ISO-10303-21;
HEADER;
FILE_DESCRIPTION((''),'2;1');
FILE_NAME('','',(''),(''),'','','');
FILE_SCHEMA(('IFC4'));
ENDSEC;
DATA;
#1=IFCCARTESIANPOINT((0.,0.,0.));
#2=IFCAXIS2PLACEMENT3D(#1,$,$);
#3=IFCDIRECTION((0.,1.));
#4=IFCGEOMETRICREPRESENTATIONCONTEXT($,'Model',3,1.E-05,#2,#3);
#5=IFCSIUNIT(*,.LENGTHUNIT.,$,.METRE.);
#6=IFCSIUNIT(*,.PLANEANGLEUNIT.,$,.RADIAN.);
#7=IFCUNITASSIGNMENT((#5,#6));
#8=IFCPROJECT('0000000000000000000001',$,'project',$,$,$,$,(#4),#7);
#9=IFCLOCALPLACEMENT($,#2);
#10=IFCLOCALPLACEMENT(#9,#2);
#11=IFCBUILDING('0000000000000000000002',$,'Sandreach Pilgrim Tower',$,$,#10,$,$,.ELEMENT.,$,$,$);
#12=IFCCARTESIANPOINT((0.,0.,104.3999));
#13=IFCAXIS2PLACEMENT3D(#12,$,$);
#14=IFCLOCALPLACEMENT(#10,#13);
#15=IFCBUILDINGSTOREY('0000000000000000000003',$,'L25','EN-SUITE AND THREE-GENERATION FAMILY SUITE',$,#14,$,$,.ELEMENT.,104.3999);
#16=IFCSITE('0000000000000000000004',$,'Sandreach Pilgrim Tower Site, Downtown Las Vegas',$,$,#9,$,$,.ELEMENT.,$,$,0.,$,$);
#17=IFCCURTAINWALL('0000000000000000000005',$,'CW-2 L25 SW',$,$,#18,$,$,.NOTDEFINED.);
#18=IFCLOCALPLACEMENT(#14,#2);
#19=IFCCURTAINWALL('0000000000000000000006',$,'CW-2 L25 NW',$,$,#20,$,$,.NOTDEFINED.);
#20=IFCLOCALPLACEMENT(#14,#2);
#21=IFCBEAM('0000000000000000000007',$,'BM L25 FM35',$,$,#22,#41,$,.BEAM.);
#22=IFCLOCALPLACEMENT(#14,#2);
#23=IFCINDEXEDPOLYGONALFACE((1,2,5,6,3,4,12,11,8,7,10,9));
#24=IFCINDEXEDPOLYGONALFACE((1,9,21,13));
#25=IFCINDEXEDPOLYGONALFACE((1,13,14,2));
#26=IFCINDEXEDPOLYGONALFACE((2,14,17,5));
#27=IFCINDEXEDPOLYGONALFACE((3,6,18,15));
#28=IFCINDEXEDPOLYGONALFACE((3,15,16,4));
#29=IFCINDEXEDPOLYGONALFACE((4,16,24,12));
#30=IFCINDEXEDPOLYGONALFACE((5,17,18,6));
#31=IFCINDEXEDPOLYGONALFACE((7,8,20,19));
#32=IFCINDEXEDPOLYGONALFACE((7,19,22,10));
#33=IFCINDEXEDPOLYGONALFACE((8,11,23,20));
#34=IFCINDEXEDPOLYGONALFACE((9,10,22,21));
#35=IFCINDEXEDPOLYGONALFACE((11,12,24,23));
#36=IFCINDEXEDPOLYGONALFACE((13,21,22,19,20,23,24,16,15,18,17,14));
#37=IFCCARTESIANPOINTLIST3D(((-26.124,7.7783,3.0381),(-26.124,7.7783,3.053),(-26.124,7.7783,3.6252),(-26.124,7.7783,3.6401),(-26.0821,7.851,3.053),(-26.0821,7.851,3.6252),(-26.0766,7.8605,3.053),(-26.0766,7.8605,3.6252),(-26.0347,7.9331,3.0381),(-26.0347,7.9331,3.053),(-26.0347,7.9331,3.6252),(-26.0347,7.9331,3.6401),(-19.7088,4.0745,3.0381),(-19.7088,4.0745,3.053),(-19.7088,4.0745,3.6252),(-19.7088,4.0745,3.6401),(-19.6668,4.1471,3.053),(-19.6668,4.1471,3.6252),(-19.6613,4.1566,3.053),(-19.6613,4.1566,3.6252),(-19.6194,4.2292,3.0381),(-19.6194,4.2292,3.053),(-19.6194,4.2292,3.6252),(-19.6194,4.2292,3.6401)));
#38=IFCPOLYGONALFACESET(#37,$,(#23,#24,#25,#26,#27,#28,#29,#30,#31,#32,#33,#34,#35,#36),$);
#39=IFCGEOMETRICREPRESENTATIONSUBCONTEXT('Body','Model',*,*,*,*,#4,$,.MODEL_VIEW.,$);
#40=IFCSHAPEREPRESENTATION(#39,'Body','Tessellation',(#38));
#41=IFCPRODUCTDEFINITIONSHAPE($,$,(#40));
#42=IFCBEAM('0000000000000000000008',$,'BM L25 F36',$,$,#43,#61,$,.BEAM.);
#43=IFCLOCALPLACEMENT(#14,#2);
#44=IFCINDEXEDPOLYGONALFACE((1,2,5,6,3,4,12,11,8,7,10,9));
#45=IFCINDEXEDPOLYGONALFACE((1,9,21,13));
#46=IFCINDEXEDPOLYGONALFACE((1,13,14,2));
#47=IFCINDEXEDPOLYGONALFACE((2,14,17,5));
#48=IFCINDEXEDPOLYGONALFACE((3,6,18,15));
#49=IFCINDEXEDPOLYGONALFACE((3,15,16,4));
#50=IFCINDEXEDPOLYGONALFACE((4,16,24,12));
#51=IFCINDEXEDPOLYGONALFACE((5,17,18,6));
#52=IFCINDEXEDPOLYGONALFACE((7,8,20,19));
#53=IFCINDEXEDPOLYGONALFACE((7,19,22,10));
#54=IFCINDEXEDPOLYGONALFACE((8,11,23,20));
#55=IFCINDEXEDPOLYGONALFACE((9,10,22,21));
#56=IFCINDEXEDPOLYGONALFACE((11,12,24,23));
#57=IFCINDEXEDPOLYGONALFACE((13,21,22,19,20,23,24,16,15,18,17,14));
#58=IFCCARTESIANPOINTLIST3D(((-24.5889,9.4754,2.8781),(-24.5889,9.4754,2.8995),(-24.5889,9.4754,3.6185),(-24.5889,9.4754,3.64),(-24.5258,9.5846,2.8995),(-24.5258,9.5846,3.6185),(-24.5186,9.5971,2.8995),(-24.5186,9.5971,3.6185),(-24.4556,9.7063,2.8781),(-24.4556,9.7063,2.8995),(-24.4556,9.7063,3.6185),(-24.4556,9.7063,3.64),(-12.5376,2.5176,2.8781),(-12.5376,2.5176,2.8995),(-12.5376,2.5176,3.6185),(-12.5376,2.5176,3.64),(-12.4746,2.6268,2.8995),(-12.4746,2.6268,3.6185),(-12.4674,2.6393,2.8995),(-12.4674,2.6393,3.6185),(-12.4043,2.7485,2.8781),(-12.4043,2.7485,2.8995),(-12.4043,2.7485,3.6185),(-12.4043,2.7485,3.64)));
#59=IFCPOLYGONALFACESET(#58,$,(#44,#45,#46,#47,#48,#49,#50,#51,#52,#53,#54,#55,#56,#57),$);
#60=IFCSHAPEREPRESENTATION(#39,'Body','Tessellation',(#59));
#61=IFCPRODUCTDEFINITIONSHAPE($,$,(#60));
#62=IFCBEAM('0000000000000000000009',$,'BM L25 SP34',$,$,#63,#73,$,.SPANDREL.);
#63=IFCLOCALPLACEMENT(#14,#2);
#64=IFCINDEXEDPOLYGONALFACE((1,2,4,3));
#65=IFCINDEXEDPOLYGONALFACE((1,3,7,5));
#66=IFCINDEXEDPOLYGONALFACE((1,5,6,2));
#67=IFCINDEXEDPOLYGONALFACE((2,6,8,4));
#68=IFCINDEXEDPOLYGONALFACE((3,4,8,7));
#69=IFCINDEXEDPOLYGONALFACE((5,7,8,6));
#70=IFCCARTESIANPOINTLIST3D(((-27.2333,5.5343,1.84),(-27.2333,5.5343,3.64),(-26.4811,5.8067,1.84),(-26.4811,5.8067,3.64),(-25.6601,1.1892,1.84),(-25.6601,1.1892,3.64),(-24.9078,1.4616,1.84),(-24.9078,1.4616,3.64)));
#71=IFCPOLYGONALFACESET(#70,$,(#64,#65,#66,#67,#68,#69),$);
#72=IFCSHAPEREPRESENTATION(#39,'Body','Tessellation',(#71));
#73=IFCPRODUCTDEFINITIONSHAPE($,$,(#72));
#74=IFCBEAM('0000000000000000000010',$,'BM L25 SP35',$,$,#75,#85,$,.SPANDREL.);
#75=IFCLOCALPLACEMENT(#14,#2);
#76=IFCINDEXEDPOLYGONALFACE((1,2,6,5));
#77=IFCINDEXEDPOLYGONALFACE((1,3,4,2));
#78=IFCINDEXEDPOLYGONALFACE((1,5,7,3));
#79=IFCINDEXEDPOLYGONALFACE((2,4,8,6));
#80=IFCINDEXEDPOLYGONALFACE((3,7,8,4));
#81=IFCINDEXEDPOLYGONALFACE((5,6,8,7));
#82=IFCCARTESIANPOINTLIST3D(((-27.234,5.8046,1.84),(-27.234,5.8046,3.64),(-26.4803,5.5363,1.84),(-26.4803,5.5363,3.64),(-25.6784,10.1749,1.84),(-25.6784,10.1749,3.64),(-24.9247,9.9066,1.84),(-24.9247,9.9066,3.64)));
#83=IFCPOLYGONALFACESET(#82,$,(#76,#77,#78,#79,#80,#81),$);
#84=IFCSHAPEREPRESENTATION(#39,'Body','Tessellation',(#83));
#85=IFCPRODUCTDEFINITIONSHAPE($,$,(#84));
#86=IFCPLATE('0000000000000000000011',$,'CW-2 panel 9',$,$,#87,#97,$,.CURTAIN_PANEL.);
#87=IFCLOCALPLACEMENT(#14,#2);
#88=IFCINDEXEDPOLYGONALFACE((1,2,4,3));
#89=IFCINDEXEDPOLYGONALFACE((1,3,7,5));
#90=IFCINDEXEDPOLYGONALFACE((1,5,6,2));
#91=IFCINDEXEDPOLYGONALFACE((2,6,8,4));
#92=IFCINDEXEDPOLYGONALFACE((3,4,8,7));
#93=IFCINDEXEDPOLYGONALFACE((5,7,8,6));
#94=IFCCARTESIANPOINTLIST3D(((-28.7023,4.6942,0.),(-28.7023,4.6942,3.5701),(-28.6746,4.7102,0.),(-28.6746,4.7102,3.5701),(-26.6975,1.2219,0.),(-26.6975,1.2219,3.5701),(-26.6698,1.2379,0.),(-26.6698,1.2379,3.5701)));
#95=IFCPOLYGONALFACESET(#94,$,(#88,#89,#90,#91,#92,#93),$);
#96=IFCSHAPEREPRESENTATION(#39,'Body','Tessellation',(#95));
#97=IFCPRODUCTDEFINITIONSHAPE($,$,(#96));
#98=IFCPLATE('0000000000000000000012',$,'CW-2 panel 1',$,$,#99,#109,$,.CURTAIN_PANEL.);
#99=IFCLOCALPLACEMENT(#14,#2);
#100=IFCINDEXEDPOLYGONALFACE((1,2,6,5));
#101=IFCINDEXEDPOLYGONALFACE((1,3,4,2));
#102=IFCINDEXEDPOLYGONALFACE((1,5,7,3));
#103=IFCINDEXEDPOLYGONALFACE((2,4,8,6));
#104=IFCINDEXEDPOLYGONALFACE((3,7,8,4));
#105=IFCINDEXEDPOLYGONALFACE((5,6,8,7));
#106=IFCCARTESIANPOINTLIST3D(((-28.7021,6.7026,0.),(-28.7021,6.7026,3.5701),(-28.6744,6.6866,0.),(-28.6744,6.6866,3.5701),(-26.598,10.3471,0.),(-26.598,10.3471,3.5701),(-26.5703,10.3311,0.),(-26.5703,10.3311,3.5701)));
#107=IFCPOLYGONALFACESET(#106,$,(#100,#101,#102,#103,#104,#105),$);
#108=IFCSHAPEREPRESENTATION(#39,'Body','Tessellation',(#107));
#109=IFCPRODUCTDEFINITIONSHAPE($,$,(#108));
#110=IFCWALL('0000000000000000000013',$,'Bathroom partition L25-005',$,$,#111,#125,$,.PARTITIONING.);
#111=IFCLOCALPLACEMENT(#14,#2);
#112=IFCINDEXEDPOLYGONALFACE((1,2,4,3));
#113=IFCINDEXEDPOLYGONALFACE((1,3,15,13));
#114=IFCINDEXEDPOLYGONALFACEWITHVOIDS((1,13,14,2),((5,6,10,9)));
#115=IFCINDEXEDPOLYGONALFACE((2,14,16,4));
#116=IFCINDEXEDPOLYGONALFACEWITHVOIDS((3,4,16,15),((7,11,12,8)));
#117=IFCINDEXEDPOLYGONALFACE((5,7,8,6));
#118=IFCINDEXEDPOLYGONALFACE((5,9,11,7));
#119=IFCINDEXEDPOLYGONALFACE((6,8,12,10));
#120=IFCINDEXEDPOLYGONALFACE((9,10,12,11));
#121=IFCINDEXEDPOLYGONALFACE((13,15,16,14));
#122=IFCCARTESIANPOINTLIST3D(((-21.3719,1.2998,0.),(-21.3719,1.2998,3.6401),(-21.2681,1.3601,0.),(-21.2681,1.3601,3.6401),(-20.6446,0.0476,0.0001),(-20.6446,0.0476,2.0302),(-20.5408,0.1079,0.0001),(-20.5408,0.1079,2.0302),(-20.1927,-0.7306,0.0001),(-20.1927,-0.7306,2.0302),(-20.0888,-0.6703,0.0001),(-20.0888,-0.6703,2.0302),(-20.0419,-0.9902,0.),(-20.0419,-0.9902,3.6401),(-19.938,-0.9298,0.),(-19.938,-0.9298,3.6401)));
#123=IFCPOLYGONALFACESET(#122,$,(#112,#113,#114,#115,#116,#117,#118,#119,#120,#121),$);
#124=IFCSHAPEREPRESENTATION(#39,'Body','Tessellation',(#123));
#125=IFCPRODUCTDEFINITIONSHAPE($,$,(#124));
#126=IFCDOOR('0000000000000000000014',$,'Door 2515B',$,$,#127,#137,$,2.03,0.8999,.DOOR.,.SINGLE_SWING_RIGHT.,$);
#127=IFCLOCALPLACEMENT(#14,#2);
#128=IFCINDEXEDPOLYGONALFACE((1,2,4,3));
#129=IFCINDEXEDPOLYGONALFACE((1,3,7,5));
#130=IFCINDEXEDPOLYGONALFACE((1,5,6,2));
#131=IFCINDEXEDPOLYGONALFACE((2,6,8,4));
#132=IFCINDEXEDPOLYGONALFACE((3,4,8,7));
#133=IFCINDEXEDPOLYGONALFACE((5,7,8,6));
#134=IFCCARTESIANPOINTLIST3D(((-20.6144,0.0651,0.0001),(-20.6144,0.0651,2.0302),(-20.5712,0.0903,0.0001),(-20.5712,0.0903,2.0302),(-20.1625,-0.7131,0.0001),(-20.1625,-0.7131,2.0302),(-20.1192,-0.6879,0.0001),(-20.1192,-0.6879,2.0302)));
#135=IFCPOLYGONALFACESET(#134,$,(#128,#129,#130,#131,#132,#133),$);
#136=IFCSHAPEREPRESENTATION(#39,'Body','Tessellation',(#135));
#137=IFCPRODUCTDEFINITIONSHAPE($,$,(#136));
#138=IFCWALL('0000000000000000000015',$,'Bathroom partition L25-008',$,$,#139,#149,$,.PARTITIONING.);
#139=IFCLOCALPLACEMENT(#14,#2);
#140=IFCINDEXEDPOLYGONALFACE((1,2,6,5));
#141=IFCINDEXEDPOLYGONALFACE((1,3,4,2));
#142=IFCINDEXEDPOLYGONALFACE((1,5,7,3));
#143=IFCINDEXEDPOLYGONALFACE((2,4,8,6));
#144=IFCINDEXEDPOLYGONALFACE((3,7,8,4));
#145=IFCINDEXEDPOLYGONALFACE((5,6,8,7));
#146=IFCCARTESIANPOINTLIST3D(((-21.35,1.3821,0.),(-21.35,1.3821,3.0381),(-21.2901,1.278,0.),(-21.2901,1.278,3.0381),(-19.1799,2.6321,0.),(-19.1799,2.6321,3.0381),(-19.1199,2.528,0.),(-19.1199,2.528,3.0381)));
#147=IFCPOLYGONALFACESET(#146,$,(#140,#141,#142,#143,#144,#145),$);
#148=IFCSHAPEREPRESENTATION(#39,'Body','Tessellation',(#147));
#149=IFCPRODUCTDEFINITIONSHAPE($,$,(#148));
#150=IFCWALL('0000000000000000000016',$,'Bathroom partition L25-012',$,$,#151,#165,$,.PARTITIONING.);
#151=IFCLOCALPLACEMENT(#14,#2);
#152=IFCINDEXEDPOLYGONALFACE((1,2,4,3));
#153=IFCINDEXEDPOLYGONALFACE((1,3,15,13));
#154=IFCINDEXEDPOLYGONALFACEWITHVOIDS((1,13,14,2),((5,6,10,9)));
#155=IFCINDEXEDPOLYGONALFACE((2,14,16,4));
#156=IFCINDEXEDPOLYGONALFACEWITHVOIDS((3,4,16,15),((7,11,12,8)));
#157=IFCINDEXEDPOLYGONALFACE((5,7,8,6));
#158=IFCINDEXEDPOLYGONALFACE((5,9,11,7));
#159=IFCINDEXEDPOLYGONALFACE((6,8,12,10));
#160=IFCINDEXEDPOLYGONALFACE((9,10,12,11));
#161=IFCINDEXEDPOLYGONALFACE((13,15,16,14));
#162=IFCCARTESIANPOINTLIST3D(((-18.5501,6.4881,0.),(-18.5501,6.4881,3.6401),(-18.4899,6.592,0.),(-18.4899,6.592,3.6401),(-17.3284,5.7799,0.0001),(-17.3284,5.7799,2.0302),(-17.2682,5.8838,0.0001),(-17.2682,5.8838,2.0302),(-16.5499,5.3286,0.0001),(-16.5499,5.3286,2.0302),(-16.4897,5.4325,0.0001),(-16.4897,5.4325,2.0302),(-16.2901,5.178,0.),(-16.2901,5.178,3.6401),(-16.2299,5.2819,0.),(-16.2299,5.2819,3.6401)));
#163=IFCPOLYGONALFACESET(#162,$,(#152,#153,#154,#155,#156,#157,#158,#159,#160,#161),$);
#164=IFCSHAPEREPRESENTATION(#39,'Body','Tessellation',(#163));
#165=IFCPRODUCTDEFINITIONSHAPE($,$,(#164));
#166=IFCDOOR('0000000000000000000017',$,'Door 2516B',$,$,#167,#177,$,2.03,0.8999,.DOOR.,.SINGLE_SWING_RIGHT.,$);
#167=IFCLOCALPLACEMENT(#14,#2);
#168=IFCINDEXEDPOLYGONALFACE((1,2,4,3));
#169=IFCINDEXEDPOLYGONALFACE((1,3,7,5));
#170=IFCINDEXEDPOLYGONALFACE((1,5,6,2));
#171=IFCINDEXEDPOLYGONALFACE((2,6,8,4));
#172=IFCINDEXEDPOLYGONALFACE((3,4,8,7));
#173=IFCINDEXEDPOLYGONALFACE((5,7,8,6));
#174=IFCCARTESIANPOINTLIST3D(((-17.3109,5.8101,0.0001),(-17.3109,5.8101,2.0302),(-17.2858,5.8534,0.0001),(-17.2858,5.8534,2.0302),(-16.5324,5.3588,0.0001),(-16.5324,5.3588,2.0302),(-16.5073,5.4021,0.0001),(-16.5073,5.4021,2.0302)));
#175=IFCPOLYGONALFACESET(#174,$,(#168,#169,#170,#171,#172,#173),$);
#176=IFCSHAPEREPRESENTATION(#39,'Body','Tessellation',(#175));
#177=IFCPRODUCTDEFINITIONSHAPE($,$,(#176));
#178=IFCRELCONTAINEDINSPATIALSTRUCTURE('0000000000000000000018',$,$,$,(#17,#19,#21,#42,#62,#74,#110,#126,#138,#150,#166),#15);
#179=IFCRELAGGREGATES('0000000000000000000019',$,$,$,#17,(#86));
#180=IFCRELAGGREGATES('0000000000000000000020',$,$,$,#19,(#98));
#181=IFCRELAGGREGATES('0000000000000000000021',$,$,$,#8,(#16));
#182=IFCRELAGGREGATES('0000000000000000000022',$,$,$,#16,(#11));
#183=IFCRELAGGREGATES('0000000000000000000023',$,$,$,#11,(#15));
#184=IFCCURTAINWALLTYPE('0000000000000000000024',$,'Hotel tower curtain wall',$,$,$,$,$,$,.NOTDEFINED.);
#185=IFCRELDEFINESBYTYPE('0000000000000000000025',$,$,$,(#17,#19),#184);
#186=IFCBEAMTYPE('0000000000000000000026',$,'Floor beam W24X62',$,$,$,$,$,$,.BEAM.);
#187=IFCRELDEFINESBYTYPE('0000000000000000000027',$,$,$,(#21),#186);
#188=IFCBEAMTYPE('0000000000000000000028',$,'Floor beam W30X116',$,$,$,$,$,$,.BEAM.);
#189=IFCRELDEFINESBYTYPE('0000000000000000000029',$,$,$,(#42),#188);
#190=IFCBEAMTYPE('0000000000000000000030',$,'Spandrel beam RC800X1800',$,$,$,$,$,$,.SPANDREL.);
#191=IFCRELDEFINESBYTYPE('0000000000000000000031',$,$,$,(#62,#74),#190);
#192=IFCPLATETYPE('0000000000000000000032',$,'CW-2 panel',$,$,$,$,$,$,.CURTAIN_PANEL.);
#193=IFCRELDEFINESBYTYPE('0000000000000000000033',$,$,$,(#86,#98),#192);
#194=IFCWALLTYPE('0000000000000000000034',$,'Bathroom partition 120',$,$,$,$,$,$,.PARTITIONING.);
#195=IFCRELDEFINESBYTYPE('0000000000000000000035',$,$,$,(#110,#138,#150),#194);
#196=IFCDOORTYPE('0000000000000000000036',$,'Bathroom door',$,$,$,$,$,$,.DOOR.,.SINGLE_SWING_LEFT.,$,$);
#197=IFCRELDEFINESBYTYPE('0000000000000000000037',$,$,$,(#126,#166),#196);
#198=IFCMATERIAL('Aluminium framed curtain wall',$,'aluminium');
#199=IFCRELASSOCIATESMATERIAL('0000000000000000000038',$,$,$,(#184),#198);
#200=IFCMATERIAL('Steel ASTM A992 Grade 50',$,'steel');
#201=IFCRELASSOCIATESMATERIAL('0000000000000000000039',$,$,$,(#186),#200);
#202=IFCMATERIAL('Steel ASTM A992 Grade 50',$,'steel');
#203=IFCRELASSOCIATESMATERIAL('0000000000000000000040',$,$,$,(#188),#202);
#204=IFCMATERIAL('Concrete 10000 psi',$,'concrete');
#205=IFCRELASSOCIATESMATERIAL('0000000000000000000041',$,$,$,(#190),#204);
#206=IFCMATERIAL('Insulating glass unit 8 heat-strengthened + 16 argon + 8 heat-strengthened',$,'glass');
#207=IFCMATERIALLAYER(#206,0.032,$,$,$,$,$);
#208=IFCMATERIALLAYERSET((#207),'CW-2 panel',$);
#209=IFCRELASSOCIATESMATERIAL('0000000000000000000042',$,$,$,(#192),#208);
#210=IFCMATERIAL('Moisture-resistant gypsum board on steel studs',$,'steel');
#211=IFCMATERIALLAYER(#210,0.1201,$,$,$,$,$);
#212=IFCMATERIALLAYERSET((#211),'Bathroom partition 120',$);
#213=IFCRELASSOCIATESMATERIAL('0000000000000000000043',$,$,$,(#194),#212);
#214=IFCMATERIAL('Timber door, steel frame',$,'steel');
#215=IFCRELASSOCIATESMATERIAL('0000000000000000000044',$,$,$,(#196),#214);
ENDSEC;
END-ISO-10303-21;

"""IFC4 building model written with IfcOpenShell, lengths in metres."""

from ifc_helpers import new_model, si_unit, direction, frame, frame_2d, origin, origin_2d, place, context, subcontext, project, spatial, rectangle, i_section, extrude, material, layer, layer_set, material_profile, profile_set, type_object, element, fill, aggregate, save


model = new_model("IFC4")

# Units and contexts
model_context = context("Model", 3, precision=1e-05, world=origin(), true_north=direction((0.0, 1.0)))
body_context = subcontext(model_context, "Body", "Model", "MODEL_VIEW")
ifc_project = project(units=[si_unit("LENGTHUNIT", "METRE"), si_unit("PLANEANGLEUNIT", "RADIAN")], contexts=[model_context])

# Site, building, storey
site_placement = place(None, origin())
site = spatial("IfcSite", under=ifc_project, at=site_placement, Name="Sandreach Pilgrim Tower Site, Downtown Las Vegas", CompositionType="ELEMENT", RefElevation=0.0)
building_placement = place(site_placement, origin())
building = spatial("IfcBuilding", under=site, at=building_placement, Name="Sandreach Pilgrim Tower", CompositionType="ELEMENT")
storey_placement = place(building_placement, frame((0.0, 0.0, 104.3999)))
storey = spatial("IfcBuildingStorey", under=building, at=storey_placement, Name="L25", Description="EN-SUITE AND THREE-GENERATION FAMILY SUITE", CompositionType="ELEMENT", Elevation=104.3999)

# Curtain wall
ifc_material_1 = material(Name="Aluminium framed curtain wall", Category="aluminium")
curtain_wall_type = type_object("IfcCurtainWallType", Name="Hotel tower curtain wall", PredefinedType="NOTDEFINED", material=ifc_material_1)
curtain_wall_1_placement = place(storey_placement, origin())
curtain_wall_1 = element("IfcCurtainWall", 1, at=curtain_wall_1_placement, inside=storey, type_object=curtain_wall_type, Name="CW-2 L25 SW", PredefinedType="NOTDEFINED")

# Curtain wall
curtain_wall_2_placement = place(storey_placement, origin())
curtain_wall_2 = element("IfcCurtainWall", 2, at=curtain_wall_2_placement, inside=storey, type_object=curtain_wall_type, Name="CW-2 L25 NW", PredefinedType="NOTDEFINED")

# Beams
ifc_material_2 = material(Name="Steel ASTM A992 Grade 50", Category="steel")
ifc_material_profile_1 = material_profile(ifc_material_2, i_section(OverallWidth=0.1787, OverallDepth=0.6021, WebThickness=0.011, FlangeThickness=0.0149, at=origin_2d()), Name="W24X62")
ifc_profile_set_1 = profile_set([ifc_material_profile_1], Name="Steel ASTM A992 Grade 50")
beam_type_1 = type_object("IfcBeamType", Name="Floor beam W24X62", PredefinedType="BEAM", material=ifc_profile_set_1)
beam_1_placement = place(storey_placement, frame((-26.0793, 7.8557, 3.3391), z_axis=(0.866026, -0.499999, 0.0), x_axis=(0.499999, 0.866026, 0.0)))
element("IfcBeam", 3, at=beam_1_placement, inside=storey, type_object=beam_type_1, Name="BM L25 FM35", PredefinedType="BEAM", context=body_context, shape_type="SweptSolid", body=[
    extrude(i_section(OverallWidth=0.1787, OverallDepth=0.6021, WebThickness=0.011, FlangeThickness=0.0149, at=origin_2d()), origin(), (0.0, 0.0, 1.0), 7.4077),
])
ifc_material_3 = material(Name="Steel ASTM A992 Grade 50", Category="steel")
ifc_material_profile_2 = material_profile(ifc_material_3, i_section(OverallWidth=0.2666, OverallDepth=0.762, WebThickness=0.0144, FlangeThickness=0.0215, at=origin_2d()), Name="W30X116")
ifc_profile_set_2 = profile_set([ifc_material_profile_2], Name="Steel ASTM A992 Grade 50")
beam_type_2 = type_object("IfcBeamType", Name="Floor beam W30X116", PredefinedType="BEAM", material=ifc_profile_set_2)
beam_2_placement = place(storey_placement, frame((-24.5222, 9.5908, 3.259), z_axis=(0.866027, -0.499998, 0.0), x_axis=(0.499998, 0.866027, 0.0)))
element("IfcBeam", 4, at=beam_2_placement, inside=storey, type_object=beam_type_2, Name="BM L25 F36", PredefinedType="BEAM", context=body_context, shape_type="SweptSolid", body=[
    extrude(i_section(OverallWidth=0.2666, OverallDepth=0.762, WebThickness=0.0144, FlangeThickness=0.0215, at=origin_2d()), origin(), (0.0, 0.0, 1.0), 13.9155),
])
ifc_material_4 = material(Name="Concrete 10000 psi", Category="concrete")
ifc_material_profile_3 = material_profile(ifc_material_4, rectangle(XDim=0.8, YDim=1.8, at=origin_2d()), Name="RC800X1800")
ifc_profile_set_3 = profile_set([ifc_material_profile_3], Name="Concrete 10000 psi")
beam_type_3 = type_object("IfcBeamType", Name="Spandrel beam RC800X1800", PredefinedType="SPANDREL", material=ifc_profile_set_3)
beam_3_placement = place(storey_placement, frame((-25.2839, 1.3254, 2.74), z_axis=(-0.340453, 0.940261, 0.0), x_axis=(-0.940261, -0.340453, 0.0)))
element("IfcBeam", 5, at=beam_3_placement, inside=storey, type_object=beam_type_3, Name="BM L25 SP34", PredefinedType="SPANDREL", context=body_context, shape_type="SweptSolid", body=[
    extrude(rectangle(XDim=0.8, YDim=1.8, at=origin_2d()), origin(), (0.0, 0.0, 1.0), 4.6211),
])
beam_4_placement = place(storey_placement, frame((-26.8572, 5.6704, 2.74), z_axis=(0.335346, 0.942095, 0.0), x_axis=(-0.942095, 0.335346, 0.0)))
element("IfcBeam", 6, at=beam_4_placement, inside=storey, type_object=beam_type_3, Name="BM L25 SP35", PredefinedType="SPANDREL", context=body_context, shape_type="SweptSolid", body=[
    extrude(rectangle(XDim=0.8, YDim=1.8, at=origin_2d()), origin(), (0.0, 0.0, 1.0), 4.6389),
])

# Plates
ifc_material_5 = material(Name="Insulating glass unit 8 heat-strengthened + 16 argon + 8 heat-strengthened", Category="glass")
ifc_layer_1 = layer(ifc_material_5, 0.032)
ifc_layer_set_1 = layer_set([ifc_layer_1], Name="CW-2 panel")
plate_type = type_object("IfcPlateType", Name="CW-2 panel", PredefinedType="CURTAIN_PANEL", material=ifc_layer_set_1)
plate_1_placement = place(storey_placement, frame((-27.686, 2.9661, 0.0), z_axis=(0.0, 0.0, 1.0), x_axis=(-0.5, 0.866025, 0.0)))
plate_1 = element("IfcPlate", 7, at=plate_1_placement, type_object=plate_type, Name="CW-2 panel 9", PredefinedType="CURTAIN_PANEL", context=body_context, shape_type="SweptSolid", body=[
    extrude(rectangle(XDim=4.0095, YDim=0.032, at=origin_2d()), origin(), (0.0, 0.0, 1.0), 3.5701),
])
aggregate(curtain_wall_1, [plate_1])
plate_2_placement = place(storey_placement, frame((-27.6362, 8.5168, 0.0), z_axis=(0.0, 0.0, 1.0), x_axis=(0.5, 0.866025, 0.0)))
plate_2 = element("IfcPlate", 8, at=plate_2_placement, type_object=plate_type, Name="CW-2 panel 1", PredefinedType="CURTAIN_PANEL", context=body_context, shape_type="SweptSolid", body=[
    extrude(rectangle(XDim=4.2083, YDim=0.032, at=origin_2d()), origin(), (0.0, 0.0, 1.0), 3.5701),
])
aggregate(curtain_wall_2, [plate_2])

# Wall, opening, door
ifc_material_6 = material(Name="Moisture-resistant gypsum board on steel studs", Category="steel")
ifc_layer_2 = layer(ifc_material_6, 0.1201)
ifc_layer_set_2 = layer_set([ifc_layer_2], Name="Bathroom partition 120")
wall_type_1 = type_object("IfcWallType", Name="Bathroom partition 120", PredefinedType="PARTITIONING", material=ifc_layer_set_2)
wall_1_placement = place(storey_placement, frame((-21.3201, 1.3301, 0.0), z_axis=(0.0, 0.0, 1.0), x_axis=(0.502242, -0.864727, 0.0)))
wall_1 = element("IfcWall", 9, at=wall_1_placement, inside=storey, type_object=wall_type_1, Name="Bathroom partition L25-005", PredefinedType="PARTITIONING", context=body_context, shape_type="SweptSolid", body=[
    extrude(rectangle(XDim=2.6482, YDim=0.1201, at=frame_2d((1.3242, 0.0))), origin(), (0.0, 0.0, 1.0), 3.6401),
])
opening_1_placement = place(wall_1_placement, frame((1.4482, 0.0, 0.0)))
opening_1 = element("IfcOpeningElement", 10, at=opening_1_placement, cuts=wall_1, PredefinedType="OPENING", context=body_context, shape_type="SweptSolid", body=[
    extrude(rectangle(XDim=0.8999, YDim=2.03, at=frame_2d((0.45, 1.0151))), frame((0.0, 0.0601, 0.0), z_axis=(0.0, -1.0, 0.0), x_axis=(1.0, 0.0, 0.0)), (0.0, 0.0, 1.0), 0.1201),
])
ifc_material_7 = material(Name="Timber door, steel frame", Category="steel")
door_type_1 = type_object("IfcDoorType", Name="Bathroom door", OperationType="SINGLE_SWING_LEFT", PredefinedType="DOOR", material=ifc_material_7)
door_1_placement = place(opening_1_placement, origin())
door_1 = element("IfcDoor", 11, at=door_1_placement, inside=storey, type_object=door_type_1, Name="Door 2515B", OperationType="SINGLE_SWING_RIGHT", OverallHeight=2.03, OverallWidth=0.8999, PredefinedType="DOOR", context=body_context, shape_type="SweptSolid", body=[
    extrude(rectangle(XDim=0.8999, YDim=2.03, at=frame_2d((0.45, 1.0151))), frame((0.0, 0.0249, 0.0), z_axis=(0.0, -1.0, 0.0), x_axis=(1.0, 0.0, 0.0)), (0.0, 0.0, 1.0), 0.05),
])
fill(opening_1, door_1)

# Wall
wall_2_placement = place(storey_placement, frame((-19.1499, 2.5801, 0.0), z_axis=(0.0, 0.0, 1.0), x_axis=(-0.866534, -0.499118, 0.0)))
element("IfcWall", 12, at=wall_2_placement, inside=storey, type_object=wall_type_1, Name="Bathroom partition L25-008", PredefinedType="PARTITIONING", context=body_context, shape_type="SweptSolid", body=[
    extrude(rectangle(XDim=2.5044, YDim=0.1201, at=frame_2d((1.2522, 0.0))), origin(), (0.0, 0.0, 1.0), 3.0381),
])

# Wall, opening, door
wall_3_placement = place(storey_placement, frame((-18.52, 6.54, 0.0), z_axis=(0.0, 0.0, 1.0), x_axis=(0.865155, -0.501504, 0.0)))
wall_3 = element("IfcWall", 13, at=wall_3_placement, inside=storey, type_object=wall_type_1, Name="Bathroom partition L25-012", PredefinedType="PARTITIONING", context=body_context, shape_type="SweptSolid", body=[
    extrude(rectangle(XDim=2.6123, YDim=0.1201, at=frame_2d((1.3062, 0.0))), origin(), (0.0, 0.0, 1.0), 3.6401),
])
opening_2_placement = place(wall_3_placement, frame((1.4121, 0.0, 0.0)))
opening_2 = element("IfcOpeningElement", 14, at=opening_2_placement, cuts=wall_3, PredefinedType="OPENING", context=body_context, shape_type="SweptSolid", body=[
    extrude(rectangle(XDim=0.8999, YDim=2.03, at=frame_2d((0.45, 1.0151))), frame((0.0, 0.0601, 0.0), z_axis=(0.0, -1.0, 0.0), x_axis=(1.0, 0.0, 0.0)), (0.0, 0.0, 1.0), 0.1201),
])
door_2_placement = place(opening_2_placement, origin())
door_2 = element("IfcDoor", 15, at=door_2_placement, inside=storey, type_object=door_type_1, Name="Door 2516B", OperationType="SINGLE_SWING_RIGHT", OverallHeight=2.03, OverallWidth=0.8999, PredefinedType="DOOR", context=body_context, shape_type="SweptSolid", body=[
    extrude(rectangle(XDim=0.8999, YDim=2.03, at=frame_2d((0.45, 1.0151))), frame((0.0, 0.0249, 0.0), z_axis=(0.0, -1.0, 0.0), x_axis=(1.0, 0.0, 0.0)), (0.0, 0.0, 1.0), 0.05),
])
fill(opening_2, door_2)

save(model, "model.ifc")
